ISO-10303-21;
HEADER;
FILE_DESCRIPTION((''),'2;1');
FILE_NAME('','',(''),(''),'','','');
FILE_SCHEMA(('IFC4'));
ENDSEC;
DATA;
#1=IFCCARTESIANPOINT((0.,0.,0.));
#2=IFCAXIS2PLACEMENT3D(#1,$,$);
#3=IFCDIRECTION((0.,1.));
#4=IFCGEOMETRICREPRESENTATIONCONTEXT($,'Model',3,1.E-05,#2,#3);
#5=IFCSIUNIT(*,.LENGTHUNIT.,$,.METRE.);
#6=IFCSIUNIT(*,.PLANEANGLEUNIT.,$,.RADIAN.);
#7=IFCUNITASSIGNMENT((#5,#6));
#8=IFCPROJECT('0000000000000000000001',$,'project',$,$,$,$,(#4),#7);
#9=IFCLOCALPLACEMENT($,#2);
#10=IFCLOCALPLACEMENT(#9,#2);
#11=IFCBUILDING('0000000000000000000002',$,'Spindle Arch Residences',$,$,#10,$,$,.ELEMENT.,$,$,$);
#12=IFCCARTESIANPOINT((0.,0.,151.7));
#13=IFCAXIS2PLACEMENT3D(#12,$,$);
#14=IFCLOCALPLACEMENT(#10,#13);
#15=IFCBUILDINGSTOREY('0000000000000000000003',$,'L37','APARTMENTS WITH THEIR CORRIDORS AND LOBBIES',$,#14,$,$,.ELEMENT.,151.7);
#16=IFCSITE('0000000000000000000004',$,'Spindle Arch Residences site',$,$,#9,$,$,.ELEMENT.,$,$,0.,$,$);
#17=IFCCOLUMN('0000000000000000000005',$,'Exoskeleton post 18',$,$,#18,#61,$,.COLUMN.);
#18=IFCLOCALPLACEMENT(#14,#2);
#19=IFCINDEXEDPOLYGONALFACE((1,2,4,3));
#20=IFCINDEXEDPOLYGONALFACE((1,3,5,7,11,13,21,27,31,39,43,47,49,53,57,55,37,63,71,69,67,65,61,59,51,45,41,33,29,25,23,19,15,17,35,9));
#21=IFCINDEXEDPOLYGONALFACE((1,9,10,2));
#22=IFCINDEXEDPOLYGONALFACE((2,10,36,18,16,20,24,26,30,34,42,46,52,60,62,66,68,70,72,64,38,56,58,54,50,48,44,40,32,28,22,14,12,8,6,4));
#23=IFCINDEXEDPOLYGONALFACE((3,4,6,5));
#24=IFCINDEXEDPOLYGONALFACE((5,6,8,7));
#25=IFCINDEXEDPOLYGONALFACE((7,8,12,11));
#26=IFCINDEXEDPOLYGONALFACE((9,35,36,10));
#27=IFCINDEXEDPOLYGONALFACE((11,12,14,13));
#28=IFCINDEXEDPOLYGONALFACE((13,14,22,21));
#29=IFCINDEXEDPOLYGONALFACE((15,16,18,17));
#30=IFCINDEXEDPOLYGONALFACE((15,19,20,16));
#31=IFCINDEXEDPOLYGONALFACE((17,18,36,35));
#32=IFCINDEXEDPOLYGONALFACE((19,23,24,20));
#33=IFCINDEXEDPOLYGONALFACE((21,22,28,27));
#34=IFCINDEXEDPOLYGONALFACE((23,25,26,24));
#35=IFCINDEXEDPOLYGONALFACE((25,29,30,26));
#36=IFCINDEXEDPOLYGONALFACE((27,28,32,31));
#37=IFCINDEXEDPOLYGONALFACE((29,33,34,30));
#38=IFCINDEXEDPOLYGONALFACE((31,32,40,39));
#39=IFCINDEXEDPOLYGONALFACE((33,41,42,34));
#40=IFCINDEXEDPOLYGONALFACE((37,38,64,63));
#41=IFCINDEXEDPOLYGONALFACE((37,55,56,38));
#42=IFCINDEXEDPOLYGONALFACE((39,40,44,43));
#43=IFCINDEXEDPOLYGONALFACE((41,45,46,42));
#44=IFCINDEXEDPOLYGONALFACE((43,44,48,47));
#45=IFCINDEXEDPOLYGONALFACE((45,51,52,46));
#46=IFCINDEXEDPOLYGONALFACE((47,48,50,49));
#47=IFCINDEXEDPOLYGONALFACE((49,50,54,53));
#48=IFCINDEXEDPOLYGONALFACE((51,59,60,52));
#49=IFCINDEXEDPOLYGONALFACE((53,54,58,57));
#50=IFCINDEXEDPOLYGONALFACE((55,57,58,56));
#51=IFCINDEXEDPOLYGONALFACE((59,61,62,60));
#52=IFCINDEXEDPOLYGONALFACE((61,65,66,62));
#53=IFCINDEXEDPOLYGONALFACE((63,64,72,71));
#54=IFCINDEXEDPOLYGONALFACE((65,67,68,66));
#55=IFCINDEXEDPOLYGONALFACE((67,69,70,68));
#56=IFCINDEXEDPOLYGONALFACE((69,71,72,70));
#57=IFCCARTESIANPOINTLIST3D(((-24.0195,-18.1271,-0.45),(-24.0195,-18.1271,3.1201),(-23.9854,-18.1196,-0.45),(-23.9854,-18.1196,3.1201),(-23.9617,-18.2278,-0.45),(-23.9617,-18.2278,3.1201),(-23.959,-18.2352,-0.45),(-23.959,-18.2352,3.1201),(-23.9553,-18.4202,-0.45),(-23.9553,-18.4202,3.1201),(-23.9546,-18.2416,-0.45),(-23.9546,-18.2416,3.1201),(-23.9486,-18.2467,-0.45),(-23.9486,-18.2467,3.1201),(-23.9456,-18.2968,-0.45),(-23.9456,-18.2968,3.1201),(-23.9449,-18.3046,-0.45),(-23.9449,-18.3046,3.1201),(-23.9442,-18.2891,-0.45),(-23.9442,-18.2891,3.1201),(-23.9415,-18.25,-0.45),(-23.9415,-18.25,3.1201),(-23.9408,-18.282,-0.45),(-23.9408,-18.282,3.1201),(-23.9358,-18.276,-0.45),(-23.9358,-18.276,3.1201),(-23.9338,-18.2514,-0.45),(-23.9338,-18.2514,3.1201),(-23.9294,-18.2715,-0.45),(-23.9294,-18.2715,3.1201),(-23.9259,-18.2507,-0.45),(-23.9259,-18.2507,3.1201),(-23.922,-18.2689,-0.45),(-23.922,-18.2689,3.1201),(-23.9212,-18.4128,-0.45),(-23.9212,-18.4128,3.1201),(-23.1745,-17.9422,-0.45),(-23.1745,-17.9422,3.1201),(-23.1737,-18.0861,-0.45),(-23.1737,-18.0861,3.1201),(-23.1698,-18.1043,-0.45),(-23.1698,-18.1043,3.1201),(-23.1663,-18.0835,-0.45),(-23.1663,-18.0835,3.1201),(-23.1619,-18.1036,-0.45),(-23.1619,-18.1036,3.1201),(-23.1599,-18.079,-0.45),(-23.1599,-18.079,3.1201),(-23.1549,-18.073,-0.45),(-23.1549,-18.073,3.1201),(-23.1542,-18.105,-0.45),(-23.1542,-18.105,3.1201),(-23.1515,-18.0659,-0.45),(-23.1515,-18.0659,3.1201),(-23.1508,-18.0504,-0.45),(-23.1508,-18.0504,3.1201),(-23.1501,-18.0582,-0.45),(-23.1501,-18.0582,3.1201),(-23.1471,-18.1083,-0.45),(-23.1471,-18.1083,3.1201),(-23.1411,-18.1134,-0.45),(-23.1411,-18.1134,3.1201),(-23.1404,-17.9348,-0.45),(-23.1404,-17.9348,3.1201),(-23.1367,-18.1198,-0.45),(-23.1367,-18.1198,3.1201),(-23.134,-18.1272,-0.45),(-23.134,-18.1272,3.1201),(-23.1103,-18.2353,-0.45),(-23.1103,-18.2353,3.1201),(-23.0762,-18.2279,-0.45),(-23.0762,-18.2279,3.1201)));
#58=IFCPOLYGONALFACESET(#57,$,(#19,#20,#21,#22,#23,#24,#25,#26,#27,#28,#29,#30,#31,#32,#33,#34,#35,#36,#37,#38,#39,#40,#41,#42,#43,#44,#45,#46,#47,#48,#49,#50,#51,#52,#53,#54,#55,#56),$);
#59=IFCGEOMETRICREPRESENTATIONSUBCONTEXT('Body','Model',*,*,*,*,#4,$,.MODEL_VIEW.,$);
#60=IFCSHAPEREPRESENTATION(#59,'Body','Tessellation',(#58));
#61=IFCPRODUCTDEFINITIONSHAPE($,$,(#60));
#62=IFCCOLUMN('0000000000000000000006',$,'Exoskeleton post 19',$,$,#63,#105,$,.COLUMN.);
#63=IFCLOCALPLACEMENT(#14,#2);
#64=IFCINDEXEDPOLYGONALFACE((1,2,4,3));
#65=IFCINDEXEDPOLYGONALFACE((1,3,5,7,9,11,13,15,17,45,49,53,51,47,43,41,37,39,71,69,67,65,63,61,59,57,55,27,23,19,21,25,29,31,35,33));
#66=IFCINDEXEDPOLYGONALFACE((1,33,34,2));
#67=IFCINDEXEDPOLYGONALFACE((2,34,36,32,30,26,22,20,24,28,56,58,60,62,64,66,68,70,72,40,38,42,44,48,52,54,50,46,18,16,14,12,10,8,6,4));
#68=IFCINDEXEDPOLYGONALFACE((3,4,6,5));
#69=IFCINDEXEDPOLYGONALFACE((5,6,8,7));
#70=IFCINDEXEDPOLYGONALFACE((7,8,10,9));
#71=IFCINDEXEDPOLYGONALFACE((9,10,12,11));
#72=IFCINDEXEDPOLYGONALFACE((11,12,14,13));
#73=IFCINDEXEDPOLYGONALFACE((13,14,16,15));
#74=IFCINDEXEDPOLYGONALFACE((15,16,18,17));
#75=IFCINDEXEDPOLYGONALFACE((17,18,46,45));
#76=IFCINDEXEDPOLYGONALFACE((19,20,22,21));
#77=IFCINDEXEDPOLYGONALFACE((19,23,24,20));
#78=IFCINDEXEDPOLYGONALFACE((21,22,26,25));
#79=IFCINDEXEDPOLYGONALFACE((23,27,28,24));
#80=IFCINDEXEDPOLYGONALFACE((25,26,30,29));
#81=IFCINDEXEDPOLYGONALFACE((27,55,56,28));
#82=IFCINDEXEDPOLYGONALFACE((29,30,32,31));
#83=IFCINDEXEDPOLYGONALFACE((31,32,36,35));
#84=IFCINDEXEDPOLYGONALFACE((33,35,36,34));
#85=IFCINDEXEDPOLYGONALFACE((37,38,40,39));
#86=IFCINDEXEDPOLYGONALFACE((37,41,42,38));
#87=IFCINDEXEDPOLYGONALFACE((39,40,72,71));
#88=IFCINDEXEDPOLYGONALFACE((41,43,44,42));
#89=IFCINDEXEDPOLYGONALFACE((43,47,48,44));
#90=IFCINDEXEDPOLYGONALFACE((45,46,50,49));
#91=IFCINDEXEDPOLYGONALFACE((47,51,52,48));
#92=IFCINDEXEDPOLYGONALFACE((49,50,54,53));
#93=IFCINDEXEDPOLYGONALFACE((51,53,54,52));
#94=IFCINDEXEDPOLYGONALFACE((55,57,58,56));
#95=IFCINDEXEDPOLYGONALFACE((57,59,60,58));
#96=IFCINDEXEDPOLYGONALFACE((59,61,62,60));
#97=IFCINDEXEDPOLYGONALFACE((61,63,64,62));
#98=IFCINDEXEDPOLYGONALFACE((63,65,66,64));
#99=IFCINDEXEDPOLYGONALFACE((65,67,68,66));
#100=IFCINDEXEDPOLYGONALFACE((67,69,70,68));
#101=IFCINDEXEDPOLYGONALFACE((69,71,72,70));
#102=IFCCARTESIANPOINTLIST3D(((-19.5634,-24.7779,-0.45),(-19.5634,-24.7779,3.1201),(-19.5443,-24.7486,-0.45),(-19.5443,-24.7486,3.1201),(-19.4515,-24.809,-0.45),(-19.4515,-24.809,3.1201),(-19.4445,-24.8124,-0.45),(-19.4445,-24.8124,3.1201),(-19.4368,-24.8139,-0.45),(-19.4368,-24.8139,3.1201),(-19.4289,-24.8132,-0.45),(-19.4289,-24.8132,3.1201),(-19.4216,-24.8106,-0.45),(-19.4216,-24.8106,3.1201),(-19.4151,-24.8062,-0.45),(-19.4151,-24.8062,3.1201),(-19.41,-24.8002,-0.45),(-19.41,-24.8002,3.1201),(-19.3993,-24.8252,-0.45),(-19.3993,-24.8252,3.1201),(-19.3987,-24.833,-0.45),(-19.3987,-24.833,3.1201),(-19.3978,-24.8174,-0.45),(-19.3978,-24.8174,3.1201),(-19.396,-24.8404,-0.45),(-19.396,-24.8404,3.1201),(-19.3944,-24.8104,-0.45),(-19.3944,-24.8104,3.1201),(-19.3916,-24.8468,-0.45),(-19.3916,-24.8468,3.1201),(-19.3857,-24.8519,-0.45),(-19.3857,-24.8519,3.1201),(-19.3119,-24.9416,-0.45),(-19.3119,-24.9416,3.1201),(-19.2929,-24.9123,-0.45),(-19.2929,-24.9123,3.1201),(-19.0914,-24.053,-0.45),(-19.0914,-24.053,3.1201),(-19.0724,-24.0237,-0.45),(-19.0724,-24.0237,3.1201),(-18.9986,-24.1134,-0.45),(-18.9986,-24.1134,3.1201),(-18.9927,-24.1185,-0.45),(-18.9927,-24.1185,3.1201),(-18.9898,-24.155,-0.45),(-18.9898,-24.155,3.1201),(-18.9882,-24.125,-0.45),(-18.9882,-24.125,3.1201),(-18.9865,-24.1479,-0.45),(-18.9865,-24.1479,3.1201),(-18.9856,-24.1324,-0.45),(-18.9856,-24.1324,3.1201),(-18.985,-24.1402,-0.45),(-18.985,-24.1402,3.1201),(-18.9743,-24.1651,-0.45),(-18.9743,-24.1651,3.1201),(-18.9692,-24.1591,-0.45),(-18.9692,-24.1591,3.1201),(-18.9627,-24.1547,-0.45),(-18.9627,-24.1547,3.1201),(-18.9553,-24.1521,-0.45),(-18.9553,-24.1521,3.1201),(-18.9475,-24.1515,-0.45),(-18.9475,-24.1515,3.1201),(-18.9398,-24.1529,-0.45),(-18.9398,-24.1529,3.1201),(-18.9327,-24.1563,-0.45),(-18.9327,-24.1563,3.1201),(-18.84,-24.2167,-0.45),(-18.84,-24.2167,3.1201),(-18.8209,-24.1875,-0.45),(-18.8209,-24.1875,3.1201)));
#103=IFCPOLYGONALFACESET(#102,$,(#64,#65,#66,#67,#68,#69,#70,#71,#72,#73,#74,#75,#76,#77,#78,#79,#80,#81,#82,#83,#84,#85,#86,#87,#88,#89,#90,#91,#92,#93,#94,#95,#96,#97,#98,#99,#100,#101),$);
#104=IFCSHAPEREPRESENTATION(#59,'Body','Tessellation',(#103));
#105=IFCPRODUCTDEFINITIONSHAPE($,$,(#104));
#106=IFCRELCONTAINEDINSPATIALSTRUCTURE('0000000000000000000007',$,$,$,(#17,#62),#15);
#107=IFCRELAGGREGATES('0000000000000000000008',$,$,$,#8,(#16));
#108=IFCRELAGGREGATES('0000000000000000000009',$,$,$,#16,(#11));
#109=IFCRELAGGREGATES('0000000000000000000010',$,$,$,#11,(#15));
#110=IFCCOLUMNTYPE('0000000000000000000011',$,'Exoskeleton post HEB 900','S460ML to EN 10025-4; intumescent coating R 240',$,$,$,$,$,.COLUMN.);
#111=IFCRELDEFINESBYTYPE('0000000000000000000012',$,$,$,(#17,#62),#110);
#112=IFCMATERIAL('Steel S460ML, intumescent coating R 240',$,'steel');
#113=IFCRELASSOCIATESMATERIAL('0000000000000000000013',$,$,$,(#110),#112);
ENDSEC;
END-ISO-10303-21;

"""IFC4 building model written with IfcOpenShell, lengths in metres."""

from ifc_helpers import new_model, si_unit, direction, frame, origin, origin_2d, place, context, subcontext, project, spatial, i_section, extrude, material, material_profile, profile_set, type_object, element, save


model = new_model("IFC4")

# Units and contexts
model_context = context("Model", 3, precision=1e-05, world=origin(), true_north=direction((0.0, 1.0)))
body_context = subcontext(model_context, "Body", "Model", "MODEL_VIEW")
ifc_project = project(units=[si_unit("LENGTHUNIT", "METRE"), si_unit("PLANEANGLEUNIT", "RADIAN")], contexts=[model_context])

# Site, building, storey
site_placement = place(None, origin())
site = spatial("IfcSite", under=ifc_project, at=site_placement, Name="Spindle Arch Residences site", CompositionType="ELEMENT", RefElevation=0.0)
building_placement = place(site_placement, origin())
building = spatial("IfcBuilding", under=site, at=building_placement, Name="Spindle Arch Residences", CompositionType="ELEMENT")
storey_placement = place(building_placement, frame((0.0, 0.0, 151.7)))
storey = spatial("IfcBuildingStorey", under=building, at=storey_placement, Name="L37", Description="APARTMENTS WITH THEIR CORRIDORS AND LOBBIES", CompositionType="ELEMENT", Elevation=151.7)

# Columns
ifc_material_1 = material(Name="Steel S460ML, intumescent coating R 240", Category="steel")
ifc_material_profile_1 = material_profile(ifc_material_1, i_section(OverallWidth=0.3, OverallDepth=0.8999, WebThickness=0.0186, FlangeThickness=0.0349, FilletRadius=0.03, at=origin_2d()), Name="HEB 900")
ifc_profile_set_1 = profile_set([ifc_material_profile_1], Name="Steel S460ML, intumescent coating R 240")
column_type_1 = type_object("IfcColumnType", Name="Exoskeleton post HEB 900", Description="S460ML to EN 10025-4; intumescent coating R 240", PredefinedType="COLUMN", material=ifc_profile_set_1)
for number, where, z_axis, x_axis, name in (
    (1, (-23.5479, -18.1775, -0.45), (0.0, 0.0, 1.0), (-0.213754, 0.976887, 0.0), "Exoskeleton post 18"),
    (2, (-19.1921, -24.4827, -0.45), (0.0, 0.0, 1.0), (-0.838019, 0.545641, 0.0), "Exoskeleton post 19"),
):
    element("IfcColumn", number, at=place(storey_placement, frame(where, z_axis=z_axis, x_axis=x_axis)), inside=storey, type_object=column_type_1, Name=name, PredefinedType="COLUMN", context=body_context, shape_type="SweptSolid", body=[
        extrude(i_section(OverallWidth=0.3, OverallDepth=0.8999, WebThickness=0.0186, FlangeThickness=0.0349, FilletRadius=0.03, at=origin_2d()), origin(), (0.0, 0.0, 1.0), 3.5701),
    ])

save(model, "model.ifc")
